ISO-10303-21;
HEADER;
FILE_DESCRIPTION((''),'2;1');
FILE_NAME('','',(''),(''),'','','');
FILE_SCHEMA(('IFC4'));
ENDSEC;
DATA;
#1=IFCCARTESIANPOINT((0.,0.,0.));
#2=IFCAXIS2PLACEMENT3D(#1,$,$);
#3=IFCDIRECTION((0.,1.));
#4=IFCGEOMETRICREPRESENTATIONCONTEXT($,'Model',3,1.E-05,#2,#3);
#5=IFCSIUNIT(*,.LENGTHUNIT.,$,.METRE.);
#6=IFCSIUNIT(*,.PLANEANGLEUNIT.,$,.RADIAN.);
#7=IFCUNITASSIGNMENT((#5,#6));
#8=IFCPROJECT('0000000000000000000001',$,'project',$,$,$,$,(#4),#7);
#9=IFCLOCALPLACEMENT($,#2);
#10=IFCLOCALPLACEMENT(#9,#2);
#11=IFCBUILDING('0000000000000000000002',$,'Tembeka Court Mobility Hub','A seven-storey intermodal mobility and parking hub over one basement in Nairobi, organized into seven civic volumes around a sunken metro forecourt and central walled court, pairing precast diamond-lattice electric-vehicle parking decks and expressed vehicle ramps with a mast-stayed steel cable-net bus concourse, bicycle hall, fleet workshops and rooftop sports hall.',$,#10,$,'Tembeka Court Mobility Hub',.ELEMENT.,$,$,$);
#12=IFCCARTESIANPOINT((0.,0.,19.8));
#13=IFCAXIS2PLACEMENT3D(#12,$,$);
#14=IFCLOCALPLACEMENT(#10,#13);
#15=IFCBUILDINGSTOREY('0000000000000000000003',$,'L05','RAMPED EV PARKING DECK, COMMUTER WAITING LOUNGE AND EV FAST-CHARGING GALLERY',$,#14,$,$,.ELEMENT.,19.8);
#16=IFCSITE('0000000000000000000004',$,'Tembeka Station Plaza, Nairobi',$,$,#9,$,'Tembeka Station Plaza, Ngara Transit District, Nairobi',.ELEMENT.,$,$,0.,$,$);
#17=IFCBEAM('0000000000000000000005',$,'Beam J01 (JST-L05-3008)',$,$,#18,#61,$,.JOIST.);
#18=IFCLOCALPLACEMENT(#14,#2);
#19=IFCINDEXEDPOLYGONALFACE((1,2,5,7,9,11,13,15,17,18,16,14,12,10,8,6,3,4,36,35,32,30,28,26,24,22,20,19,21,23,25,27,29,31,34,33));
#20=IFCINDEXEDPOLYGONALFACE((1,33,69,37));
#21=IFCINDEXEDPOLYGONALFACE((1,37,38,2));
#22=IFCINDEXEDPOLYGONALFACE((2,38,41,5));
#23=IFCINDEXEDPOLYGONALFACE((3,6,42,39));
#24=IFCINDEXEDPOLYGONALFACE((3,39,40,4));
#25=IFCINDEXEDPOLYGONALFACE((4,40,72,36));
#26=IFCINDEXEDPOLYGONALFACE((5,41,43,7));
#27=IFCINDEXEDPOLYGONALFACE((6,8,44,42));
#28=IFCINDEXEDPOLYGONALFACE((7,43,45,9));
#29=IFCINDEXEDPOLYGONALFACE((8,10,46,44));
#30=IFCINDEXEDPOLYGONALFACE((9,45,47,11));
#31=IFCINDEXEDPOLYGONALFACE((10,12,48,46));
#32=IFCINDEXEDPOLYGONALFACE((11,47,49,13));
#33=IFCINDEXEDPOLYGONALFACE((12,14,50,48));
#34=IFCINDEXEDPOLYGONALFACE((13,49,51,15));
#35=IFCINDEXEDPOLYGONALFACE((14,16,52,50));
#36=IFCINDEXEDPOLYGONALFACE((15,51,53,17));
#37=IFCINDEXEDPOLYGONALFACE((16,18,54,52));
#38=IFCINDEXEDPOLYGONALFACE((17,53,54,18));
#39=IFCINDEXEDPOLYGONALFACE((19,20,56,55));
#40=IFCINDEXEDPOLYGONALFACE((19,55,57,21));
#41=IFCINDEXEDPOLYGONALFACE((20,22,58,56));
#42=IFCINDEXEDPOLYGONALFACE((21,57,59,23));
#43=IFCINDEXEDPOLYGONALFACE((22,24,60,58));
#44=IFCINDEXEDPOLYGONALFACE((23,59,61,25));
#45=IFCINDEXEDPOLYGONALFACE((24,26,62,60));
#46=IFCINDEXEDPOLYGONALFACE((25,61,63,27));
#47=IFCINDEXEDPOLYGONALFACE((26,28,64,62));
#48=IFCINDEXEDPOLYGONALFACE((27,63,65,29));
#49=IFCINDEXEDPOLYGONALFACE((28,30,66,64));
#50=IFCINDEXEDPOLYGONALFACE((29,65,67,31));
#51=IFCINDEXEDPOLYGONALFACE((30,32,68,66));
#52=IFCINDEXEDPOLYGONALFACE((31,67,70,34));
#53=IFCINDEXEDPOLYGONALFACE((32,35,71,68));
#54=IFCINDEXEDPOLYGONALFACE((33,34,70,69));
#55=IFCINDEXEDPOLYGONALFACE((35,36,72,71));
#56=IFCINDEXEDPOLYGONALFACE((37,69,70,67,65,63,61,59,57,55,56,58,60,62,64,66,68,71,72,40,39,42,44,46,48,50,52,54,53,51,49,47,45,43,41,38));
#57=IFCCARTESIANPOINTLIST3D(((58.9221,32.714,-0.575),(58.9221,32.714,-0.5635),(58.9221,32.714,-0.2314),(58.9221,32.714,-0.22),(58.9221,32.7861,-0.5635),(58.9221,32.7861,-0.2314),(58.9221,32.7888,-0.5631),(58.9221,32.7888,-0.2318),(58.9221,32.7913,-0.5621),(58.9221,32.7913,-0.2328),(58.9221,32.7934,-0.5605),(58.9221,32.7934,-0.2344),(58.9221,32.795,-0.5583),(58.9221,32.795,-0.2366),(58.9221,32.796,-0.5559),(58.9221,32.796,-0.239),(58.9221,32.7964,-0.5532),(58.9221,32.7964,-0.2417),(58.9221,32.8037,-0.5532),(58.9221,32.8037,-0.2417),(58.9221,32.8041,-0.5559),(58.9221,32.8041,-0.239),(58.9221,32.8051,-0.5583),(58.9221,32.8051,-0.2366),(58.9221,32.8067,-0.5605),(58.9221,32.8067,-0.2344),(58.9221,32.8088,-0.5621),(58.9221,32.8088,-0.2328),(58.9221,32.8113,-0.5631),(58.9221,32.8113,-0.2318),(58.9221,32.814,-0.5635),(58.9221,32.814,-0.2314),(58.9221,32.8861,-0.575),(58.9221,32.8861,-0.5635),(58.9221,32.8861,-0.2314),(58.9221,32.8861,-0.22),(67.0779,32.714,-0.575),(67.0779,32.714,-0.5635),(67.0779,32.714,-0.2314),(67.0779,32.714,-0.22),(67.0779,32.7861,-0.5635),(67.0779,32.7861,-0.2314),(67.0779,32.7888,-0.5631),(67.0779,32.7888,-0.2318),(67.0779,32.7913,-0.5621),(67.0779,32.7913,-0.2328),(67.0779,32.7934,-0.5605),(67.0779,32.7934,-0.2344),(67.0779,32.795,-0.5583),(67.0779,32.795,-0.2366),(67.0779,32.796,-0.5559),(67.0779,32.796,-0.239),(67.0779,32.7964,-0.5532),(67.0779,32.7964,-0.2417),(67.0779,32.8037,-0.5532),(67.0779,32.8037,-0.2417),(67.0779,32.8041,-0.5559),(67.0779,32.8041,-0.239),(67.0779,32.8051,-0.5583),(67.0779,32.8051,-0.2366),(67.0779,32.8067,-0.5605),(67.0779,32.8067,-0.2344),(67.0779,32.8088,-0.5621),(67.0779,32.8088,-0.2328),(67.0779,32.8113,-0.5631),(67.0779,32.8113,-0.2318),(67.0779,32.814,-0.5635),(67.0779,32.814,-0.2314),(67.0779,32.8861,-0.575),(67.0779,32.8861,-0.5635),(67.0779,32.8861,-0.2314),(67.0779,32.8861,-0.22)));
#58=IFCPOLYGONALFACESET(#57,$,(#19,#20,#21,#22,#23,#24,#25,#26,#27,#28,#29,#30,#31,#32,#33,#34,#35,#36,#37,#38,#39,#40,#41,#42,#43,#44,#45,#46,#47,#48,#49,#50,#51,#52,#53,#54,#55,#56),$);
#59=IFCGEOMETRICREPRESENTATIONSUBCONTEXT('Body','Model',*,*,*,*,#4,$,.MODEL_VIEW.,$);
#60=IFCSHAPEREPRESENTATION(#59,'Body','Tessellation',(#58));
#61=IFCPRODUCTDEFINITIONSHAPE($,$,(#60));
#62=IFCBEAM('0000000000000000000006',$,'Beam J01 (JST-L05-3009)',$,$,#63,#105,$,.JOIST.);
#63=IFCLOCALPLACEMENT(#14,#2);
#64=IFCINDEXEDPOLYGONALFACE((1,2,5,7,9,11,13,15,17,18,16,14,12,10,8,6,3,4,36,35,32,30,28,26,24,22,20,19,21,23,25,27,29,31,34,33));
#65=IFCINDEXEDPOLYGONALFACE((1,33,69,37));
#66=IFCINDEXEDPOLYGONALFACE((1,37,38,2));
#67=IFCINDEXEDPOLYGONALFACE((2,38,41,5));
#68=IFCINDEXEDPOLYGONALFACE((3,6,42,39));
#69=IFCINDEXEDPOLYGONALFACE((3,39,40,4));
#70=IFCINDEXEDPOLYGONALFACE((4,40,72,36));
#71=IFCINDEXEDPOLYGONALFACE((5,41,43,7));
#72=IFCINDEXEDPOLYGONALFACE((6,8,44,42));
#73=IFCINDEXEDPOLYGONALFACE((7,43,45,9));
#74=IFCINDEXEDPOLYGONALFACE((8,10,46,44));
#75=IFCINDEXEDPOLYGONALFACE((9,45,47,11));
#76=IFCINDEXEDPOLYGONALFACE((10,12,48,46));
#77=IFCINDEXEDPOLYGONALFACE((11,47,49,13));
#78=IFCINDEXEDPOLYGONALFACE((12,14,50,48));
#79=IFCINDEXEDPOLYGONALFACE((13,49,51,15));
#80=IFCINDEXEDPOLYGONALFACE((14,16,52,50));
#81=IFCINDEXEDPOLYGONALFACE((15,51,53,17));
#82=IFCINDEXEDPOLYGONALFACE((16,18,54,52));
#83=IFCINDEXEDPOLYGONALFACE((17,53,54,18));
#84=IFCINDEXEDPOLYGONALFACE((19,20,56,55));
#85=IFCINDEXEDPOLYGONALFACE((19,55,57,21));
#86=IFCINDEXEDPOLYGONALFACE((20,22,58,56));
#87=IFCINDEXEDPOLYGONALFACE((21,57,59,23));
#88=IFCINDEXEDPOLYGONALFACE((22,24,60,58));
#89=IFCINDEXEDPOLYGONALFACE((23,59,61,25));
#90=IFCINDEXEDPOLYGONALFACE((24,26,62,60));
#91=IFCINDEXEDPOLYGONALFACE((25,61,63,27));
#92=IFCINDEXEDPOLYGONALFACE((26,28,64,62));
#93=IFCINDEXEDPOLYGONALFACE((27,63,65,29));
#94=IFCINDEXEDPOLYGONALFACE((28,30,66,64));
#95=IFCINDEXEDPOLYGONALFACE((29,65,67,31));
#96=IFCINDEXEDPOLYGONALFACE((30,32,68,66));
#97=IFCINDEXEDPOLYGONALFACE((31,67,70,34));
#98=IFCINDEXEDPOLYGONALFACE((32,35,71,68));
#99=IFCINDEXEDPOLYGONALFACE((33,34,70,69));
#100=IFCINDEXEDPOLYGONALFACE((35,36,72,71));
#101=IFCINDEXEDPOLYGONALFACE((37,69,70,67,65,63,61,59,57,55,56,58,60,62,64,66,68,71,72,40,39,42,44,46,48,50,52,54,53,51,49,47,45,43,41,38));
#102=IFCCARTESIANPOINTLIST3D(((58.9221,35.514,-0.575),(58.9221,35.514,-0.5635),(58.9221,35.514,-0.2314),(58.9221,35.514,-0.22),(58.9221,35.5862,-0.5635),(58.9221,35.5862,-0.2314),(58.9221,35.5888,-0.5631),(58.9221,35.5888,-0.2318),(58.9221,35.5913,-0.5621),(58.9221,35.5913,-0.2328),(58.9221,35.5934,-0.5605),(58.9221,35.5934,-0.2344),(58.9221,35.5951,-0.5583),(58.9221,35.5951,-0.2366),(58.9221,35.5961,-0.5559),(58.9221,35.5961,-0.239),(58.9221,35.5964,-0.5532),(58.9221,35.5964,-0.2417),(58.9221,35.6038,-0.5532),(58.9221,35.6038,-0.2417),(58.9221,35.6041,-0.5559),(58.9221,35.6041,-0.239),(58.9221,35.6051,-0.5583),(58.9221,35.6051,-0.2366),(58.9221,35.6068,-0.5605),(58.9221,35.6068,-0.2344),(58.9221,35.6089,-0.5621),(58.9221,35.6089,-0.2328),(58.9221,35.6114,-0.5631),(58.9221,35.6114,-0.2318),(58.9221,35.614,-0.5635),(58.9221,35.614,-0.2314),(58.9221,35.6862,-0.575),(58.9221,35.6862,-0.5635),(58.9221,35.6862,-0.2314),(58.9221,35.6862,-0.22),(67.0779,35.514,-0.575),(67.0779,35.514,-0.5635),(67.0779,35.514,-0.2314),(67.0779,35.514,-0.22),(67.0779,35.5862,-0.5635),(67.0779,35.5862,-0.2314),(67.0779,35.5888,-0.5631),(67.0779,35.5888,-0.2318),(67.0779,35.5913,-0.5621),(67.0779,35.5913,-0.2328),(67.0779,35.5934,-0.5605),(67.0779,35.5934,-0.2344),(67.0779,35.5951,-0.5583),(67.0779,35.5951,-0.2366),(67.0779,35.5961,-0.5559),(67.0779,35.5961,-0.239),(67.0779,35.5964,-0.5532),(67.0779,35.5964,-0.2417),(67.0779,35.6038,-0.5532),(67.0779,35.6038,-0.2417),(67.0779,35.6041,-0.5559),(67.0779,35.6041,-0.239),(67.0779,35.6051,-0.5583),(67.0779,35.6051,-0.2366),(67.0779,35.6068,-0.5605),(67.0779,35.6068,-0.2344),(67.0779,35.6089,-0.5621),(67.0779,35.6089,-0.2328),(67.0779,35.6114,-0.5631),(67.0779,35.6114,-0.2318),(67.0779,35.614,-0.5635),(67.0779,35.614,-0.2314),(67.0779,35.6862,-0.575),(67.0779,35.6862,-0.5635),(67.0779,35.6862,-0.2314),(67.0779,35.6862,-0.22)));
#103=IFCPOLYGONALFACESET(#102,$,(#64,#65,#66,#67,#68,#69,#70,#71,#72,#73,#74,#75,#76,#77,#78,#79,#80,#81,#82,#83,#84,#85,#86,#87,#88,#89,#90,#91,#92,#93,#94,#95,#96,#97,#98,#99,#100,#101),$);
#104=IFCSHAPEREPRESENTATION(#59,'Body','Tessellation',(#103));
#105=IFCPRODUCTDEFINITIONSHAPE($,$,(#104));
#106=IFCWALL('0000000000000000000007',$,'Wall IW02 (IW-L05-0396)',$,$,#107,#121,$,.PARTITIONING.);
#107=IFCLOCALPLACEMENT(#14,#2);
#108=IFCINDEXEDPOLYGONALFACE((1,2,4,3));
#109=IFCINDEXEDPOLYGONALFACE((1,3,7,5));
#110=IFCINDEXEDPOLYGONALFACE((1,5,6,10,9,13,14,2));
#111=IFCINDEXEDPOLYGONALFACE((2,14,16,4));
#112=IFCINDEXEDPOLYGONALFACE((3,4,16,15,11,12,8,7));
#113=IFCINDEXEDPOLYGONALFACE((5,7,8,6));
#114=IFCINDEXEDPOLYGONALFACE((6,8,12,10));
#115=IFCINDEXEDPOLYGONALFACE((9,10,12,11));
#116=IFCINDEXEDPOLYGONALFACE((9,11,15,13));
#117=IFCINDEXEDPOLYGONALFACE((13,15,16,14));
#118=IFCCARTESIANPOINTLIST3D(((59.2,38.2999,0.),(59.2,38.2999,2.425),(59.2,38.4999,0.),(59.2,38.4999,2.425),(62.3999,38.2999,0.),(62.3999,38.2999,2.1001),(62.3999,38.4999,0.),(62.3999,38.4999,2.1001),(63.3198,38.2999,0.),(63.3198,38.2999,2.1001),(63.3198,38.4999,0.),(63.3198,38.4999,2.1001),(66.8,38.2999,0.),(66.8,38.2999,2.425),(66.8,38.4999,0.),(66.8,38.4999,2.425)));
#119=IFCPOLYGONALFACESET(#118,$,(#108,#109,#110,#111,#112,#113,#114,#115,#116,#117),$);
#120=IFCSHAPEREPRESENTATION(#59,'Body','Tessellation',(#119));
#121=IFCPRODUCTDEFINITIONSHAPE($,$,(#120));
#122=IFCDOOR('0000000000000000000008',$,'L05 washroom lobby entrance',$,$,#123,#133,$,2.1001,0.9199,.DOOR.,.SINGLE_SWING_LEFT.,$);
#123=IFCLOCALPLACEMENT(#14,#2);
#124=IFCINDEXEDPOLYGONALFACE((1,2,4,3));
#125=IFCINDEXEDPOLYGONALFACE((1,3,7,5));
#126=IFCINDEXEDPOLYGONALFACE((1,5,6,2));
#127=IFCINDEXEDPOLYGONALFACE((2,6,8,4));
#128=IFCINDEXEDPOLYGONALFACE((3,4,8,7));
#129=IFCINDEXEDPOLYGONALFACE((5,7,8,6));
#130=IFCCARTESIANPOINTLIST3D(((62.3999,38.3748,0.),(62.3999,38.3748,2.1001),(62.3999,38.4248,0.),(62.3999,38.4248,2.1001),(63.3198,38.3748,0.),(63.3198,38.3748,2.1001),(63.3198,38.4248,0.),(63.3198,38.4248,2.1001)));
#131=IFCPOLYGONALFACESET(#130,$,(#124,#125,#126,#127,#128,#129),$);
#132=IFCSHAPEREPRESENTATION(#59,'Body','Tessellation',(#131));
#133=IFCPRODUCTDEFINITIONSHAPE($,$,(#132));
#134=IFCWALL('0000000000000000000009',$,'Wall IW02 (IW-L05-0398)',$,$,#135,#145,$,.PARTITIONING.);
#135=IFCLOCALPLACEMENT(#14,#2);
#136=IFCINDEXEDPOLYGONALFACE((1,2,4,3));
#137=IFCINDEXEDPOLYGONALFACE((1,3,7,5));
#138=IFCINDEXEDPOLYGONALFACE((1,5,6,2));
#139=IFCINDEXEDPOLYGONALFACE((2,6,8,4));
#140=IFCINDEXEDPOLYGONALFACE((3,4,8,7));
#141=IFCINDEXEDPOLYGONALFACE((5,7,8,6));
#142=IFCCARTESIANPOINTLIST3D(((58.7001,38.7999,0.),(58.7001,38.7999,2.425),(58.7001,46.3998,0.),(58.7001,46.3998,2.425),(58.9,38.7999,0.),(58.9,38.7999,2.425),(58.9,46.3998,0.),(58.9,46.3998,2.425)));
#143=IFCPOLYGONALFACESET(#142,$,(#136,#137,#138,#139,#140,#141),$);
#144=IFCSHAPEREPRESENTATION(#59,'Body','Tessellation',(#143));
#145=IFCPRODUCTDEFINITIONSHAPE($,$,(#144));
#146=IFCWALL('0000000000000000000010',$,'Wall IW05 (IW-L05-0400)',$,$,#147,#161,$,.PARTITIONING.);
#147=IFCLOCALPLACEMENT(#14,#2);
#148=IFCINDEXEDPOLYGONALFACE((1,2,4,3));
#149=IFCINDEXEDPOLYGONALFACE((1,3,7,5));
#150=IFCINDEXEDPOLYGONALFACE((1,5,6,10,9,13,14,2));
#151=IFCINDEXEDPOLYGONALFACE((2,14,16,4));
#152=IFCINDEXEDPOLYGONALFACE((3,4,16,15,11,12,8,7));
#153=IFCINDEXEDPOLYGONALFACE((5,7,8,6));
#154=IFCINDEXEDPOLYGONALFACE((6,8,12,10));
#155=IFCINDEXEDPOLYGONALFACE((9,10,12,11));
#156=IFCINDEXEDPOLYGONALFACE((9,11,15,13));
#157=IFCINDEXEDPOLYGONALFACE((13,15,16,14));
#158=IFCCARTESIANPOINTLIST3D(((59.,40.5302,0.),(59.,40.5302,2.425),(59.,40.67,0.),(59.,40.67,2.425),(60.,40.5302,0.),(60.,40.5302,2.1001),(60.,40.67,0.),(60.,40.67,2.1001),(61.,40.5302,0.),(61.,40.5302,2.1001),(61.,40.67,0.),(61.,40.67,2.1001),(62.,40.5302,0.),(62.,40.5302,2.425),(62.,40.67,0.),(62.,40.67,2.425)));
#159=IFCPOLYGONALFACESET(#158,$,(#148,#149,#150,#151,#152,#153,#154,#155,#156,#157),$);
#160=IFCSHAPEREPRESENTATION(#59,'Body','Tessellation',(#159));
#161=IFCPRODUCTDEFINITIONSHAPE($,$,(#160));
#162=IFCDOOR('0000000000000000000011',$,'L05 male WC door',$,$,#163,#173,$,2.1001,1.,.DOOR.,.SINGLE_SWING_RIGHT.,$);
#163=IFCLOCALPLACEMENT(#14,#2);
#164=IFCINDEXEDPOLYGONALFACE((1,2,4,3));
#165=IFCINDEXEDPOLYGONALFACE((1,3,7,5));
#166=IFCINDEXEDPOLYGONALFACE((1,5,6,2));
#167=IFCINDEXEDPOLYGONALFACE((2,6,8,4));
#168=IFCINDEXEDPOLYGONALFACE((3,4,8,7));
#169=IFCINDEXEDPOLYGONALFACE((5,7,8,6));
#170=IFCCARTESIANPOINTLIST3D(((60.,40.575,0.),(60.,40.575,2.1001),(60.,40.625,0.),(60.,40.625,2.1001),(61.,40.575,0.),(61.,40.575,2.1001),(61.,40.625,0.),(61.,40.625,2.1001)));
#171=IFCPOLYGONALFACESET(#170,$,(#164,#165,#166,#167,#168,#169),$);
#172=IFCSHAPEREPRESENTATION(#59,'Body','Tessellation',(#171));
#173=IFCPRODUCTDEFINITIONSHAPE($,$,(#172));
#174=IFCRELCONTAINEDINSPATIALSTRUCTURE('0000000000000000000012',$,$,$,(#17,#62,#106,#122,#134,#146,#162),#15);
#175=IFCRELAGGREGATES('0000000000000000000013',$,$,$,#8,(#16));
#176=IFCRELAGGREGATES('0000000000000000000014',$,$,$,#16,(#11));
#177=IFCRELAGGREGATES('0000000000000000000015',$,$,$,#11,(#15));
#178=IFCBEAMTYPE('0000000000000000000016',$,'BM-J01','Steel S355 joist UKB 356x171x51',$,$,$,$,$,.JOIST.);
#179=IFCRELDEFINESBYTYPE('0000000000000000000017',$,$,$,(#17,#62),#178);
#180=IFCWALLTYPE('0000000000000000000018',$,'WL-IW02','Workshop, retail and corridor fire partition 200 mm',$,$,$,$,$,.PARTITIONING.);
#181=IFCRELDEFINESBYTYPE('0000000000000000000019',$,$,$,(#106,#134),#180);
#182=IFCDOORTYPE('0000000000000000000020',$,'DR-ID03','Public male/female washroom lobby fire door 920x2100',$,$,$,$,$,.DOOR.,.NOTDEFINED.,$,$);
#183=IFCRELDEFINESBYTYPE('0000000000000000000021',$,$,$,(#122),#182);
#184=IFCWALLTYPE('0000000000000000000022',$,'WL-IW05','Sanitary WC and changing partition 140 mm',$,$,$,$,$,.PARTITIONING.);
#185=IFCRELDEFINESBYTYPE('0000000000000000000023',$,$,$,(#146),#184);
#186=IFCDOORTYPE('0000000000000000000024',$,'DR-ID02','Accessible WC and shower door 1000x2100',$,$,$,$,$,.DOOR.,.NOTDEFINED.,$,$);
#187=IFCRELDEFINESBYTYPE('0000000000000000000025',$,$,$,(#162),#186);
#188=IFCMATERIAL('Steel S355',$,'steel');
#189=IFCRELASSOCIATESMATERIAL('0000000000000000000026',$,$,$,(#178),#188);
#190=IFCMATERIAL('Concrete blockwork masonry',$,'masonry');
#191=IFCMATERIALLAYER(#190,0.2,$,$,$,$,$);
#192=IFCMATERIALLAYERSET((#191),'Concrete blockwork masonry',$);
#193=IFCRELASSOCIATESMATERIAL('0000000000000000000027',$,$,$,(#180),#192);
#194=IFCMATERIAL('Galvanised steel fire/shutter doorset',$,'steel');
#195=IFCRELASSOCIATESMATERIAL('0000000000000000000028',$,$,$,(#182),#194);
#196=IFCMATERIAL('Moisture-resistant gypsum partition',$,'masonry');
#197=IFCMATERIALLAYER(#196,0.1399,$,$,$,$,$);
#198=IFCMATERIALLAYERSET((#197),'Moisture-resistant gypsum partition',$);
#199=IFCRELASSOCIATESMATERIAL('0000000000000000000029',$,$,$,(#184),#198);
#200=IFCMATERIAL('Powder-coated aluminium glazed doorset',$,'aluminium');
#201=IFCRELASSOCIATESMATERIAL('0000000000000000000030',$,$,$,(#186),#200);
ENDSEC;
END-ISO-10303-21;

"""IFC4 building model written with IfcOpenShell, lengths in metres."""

from ifc_helpers import new_model, si_unit, direction, frame, frame_2d, origin, origin_2d, place, context, subcontext, project, spatial, rectangle, i_section, extrude, material, layer, layer_set, material_profile, profile_set, type_object, element, fill, save


model = new_model("IFC4")

# Units and contexts
model_context = context("Model", 3, precision=1e-05, world=origin(), true_north=direction((0.0, 1.0)))
body_context = subcontext(model_context, "Body", "Model", "MODEL_VIEW")
ifc_project = project(units=[si_unit("LENGTHUNIT", "METRE"), si_unit("PLANEANGLEUNIT", "RADIAN")], contexts=[model_context])

# Site, building, storey
site_placement = place(None, origin())
site = spatial("IfcSite", under=ifc_project, at=site_placement, Name="Tembeka Station Plaza, Nairobi", LongName="Tembeka Station Plaza, Ngara Transit District, Nairobi", CompositionType="ELEMENT", RefElevation=0.0)
building_placement = place(site_placement, origin())
building = spatial("IfcBuilding", under=site, at=building_placement, Name="Tembeka Court Mobility Hub", Description="A seven-storey intermodal mobility and parking hub over one basement in Nairobi, organized into seven civic volumes around a sunken metro forecourt and central walled court, pairing precast diamond-lattice electric-vehicle parking decks and expressed vehicle ramps with a mast-stayed steel cable-net bus concourse, bicycle hall, fleet workshops and rooftop sports hall.", LongName="Tembeka Court Mobility Hub", CompositionType="ELEMENT")
storey_placement = place(building_placement, frame((0.0, 0.0, 19.8)))
storey = spatial("IfcBuildingStorey", under=building, at=storey_placement, Name="L05", Description="RAMPED EV PARKING DECK, COMMUTER WAITING LOUNGE AND EV FAST-CHARGING GALLERY", CompositionType="ELEMENT", Elevation=19.8)

# Shared definitions
ifc_material_1 = material(Name="Steel S355", Category="steel")

# Beams
ifc_material_profile_1 = material_profile(ifc_material_1, i_section(OverallWidth=0.1721, OverallDepth=0.355, WebThickness=0.0073, FlangeThickness=0.0115, FilletRadius=0.0103, at=origin_2d()), Name="UKB 356x171x51")
ifc_profile_set_1 = profile_set([ifc_material_profile_1], Name="Steel S355")
beam_type_1 = type_object("IfcBeamType", Name="BM-J01", Description="Steel S355 joist UKB 356x171x51", PredefinedType="JOIST", material=ifc_profile_set_1)
for number, where, z_axis, x_axis, name in (
    (1, (58.9221, 32.8, -0.3975), (1.0, 0.0, 0.0), (0.0, 1.0, 0.0), "Beam J01 (JST-L05-3008)"),
    (2, (58.9221, 35.6001, -0.3975), (1.0, 0.0, 0.0), (0.0, 1.0, 0.0), "Beam J01 (JST-L05-3009)"),
):
    element("IfcBeam", number, at=place(storey_placement, frame(where, z_axis=z_axis, x_axis=x_axis)), inside=storey, type_object=beam_type_1, Name=name, PredefinedType="JOIST", context=body_context, shape_type="SweptSolid", body=[
        extrude(i_section(OverallWidth=0.1721, OverallDepth=0.355, WebThickness=0.0073, FlangeThickness=0.0115, FilletRadius=0.0103, at=origin_2d()), origin(), (0.0, 0.0, 1.0), 8.1558),
    ])

# Wall, opening, door
ifc_material_2 = material(Name="Concrete blockwork masonry", Category="masonry")
ifc_layer_1 = layer(ifc_material_2, 0.2)
ifc_layer_set_1 = layer_set([ifc_layer_1], Name="Concrete blockwork masonry")
wall_type_1 = type_object("IfcWallType", Name="WL-IW02", Description="Workshop, retail and corridor fire partition 200 mm", PredefinedType="PARTITIONING", material=ifc_layer_set_1)
wall_1_placement = place(storey_placement, frame((59.2, 38.3999, 0.0), z_axis=(0.0, 0.0, 1.0), x_axis=(1.0, 0.0, 0.0)))
wall_1 = element("IfcWall", 3, at=wall_1_placement, inside=storey, type_object=wall_type_1, Name="Wall IW02 (IW-L05-0396)", PredefinedType="PARTITIONING", context=body_context, shape_type="SweptSolid", body=[
    extrude(rectangle(XDim=7.6001, YDim=0.2, at=frame_2d((3.8, 0.0))), origin(), (0.0, 0.0, 1.0), 2.425),
])
opening_1_placement = place(wall_1_placement, frame((3.2, 0.0, 0.0)))
opening_1 = element("IfcOpeningElement", 4, at=opening_1_placement, cuts=wall_1, PredefinedType="OPENING", context=body_context, shape_type="SweptSolid", body=[
    extrude(rectangle(XDim=0.9199, YDim=2.1001, at=frame_2d((0.46, 1.05))), frame((0.0, 0.1099, 0.0), z_axis=(0.0, -1.0, 0.0), x_axis=(1.0, 0.0, 0.0)), (0.0, 0.0, 1.0), 0.22),
])
ifc_material_3 = material(Name="Galvanised steel fire/shutter doorset", Category="steel")
door_type_1 = type_object("IfcDoorType", Name="DR-ID03", Description="Public male/female washroom lobby fire door 920x2100", OperationType="NOTDEFINED", PredefinedType="DOOR", material=ifc_material_3)
door_1_placement = place(opening_1_placement, origin())
door_1 = element("IfcDoor", 5, at=door_1_placement, inside=storey, type_object=door_type_1, Name="L05 washroom lobby entrance", OperationType="SINGLE_SWING_LEFT", OverallHeight=2.1001, OverallWidth=0.9199, PredefinedType="DOOR", context=body_context, shape_type="SweptSolid", body=[
    extrude(rectangle(XDim=0.9199, YDim=2.1001, at=frame_2d((0.46, 1.05))), frame((0.0, 0.0249, 0.0), z_axis=(0.0, -1.0, 0.0), x_axis=(1.0, 0.0, 0.0)), (0.0, 0.0, 1.0), 0.05),
])
fill(opening_1, door_1)

# Wall
wall_2_placement = place(storey_placement, frame((58.8, 38.8, 0.0), z_axis=(0.0, 0.0, 1.0), x_axis=(0.0, 1.0, 0.0)))
element("IfcWall", 6, at=wall_2_placement, inside=storey, type_object=wall_type_1, Name="Wall IW02 (IW-L05-0398)", PredefinedType="PARTITIONING", context=body_context, shape_type="SweptSolid", body=[
    extrude(rectangle(XDim=7.5999, YDim=0.2, at=frame_2d((3.7998, 0.0))), origin(), (0.0, 0.0, 1.0), 2.425),
])

# Wall, opening, door
ifc_material_4 = material(Name="Moisture-resistant gypsum partition", Category="masonry")
ifc_layer_2 = layer(ifc_material_4, 0.1399)
ifc_layer_set_2 = layer_set([ifc_layer_2], Name="Moisture-resistant gypsum partition")
wall_type_2 = type_object("IfcWallType", Name="WL-IW05", Description="Sanitary WC and changing partition 140 mm", PredefinedType="PARTITIONING", material=ifc_layer_set_2)
wall_3_placement = place(storey_placement, frame((59.0, 40.6001, 0.0), z_axis=(0.0, 0.0, 1.0), x_axis=(1.0, 0.0, 0.0)))
wall_3 = element("IfcWall", 7, at=wall_3_placement, inside=storey, type_object=wall_type_2, Name="Wall IW05 (IW-L05-0400)", PredefinedType="PARTITIONING", context=body_context, shape_type="SweptSolid", body=[
    extrude(rectangle(XDim=3.0, YDim=0.1399, at=frame_2d((1.5, 0.0))), origin(), (0.0, 0.0, 1.0), 2.425),
])
opening_2_placement = place(wall_3_placement, frame((1.0, 0.0, 0.0)))
opening_2 = element("IfcOpeningElement", 8, at=opening_2_placement, cuts=wall_3, PredefinedType="OPENING", context=body_context, shape_type="SweptSolid", body=[
    extrude(rectangle(XDim=1.0, YDim=2.1001, at=frame_2d((0.5, 1.05))), frame((0.0, 0.0801, 0.0), z_axis=(0.0, -1.0, 0.0), x_axis=(1.0, 0.0, 0.0)), (0.0, 0.0, 1.0), 0.1599),
])
ifc_material_5 = material(Name="Powder-coated aluminium glazed doorset", Category="aluminium")
door_type_2 = type_object("IfcDoorType", Name="DR-ID02", Description="Accessible WC and shower door 1000x2100", OperationType="NOTDEFINED", PredefinedType="DOOR", material=ifc_material_5)
door_2_placement = place(opening_2_placement, origin())
door_2 = element("IfcDoor", 9, at=door_2_placement, inside=storey, type_object=door_type_2, Name="L05 male WC door", OperationType="SINGLE_SWING_RIGHT", OverallHeight=2.1001, OverallWidth=1.0, PredefinedType="DOOR", context=body_context, shape_type="SweptSolid", body=[
    extrude(rectangle(XDim=1.0, YDim=2.1001, at=frame_2d((0.5, 1.05))), frame((0.0, 0.0249, 0.0), z_axis=(0.0, -1.0, 0.0), x_axis=(1.0, 0.0, 0.0)), (0.0, 0.0, 1.0), 0.05),
])
fill(opening_2, door_2)

save(model, "model.ifc")
